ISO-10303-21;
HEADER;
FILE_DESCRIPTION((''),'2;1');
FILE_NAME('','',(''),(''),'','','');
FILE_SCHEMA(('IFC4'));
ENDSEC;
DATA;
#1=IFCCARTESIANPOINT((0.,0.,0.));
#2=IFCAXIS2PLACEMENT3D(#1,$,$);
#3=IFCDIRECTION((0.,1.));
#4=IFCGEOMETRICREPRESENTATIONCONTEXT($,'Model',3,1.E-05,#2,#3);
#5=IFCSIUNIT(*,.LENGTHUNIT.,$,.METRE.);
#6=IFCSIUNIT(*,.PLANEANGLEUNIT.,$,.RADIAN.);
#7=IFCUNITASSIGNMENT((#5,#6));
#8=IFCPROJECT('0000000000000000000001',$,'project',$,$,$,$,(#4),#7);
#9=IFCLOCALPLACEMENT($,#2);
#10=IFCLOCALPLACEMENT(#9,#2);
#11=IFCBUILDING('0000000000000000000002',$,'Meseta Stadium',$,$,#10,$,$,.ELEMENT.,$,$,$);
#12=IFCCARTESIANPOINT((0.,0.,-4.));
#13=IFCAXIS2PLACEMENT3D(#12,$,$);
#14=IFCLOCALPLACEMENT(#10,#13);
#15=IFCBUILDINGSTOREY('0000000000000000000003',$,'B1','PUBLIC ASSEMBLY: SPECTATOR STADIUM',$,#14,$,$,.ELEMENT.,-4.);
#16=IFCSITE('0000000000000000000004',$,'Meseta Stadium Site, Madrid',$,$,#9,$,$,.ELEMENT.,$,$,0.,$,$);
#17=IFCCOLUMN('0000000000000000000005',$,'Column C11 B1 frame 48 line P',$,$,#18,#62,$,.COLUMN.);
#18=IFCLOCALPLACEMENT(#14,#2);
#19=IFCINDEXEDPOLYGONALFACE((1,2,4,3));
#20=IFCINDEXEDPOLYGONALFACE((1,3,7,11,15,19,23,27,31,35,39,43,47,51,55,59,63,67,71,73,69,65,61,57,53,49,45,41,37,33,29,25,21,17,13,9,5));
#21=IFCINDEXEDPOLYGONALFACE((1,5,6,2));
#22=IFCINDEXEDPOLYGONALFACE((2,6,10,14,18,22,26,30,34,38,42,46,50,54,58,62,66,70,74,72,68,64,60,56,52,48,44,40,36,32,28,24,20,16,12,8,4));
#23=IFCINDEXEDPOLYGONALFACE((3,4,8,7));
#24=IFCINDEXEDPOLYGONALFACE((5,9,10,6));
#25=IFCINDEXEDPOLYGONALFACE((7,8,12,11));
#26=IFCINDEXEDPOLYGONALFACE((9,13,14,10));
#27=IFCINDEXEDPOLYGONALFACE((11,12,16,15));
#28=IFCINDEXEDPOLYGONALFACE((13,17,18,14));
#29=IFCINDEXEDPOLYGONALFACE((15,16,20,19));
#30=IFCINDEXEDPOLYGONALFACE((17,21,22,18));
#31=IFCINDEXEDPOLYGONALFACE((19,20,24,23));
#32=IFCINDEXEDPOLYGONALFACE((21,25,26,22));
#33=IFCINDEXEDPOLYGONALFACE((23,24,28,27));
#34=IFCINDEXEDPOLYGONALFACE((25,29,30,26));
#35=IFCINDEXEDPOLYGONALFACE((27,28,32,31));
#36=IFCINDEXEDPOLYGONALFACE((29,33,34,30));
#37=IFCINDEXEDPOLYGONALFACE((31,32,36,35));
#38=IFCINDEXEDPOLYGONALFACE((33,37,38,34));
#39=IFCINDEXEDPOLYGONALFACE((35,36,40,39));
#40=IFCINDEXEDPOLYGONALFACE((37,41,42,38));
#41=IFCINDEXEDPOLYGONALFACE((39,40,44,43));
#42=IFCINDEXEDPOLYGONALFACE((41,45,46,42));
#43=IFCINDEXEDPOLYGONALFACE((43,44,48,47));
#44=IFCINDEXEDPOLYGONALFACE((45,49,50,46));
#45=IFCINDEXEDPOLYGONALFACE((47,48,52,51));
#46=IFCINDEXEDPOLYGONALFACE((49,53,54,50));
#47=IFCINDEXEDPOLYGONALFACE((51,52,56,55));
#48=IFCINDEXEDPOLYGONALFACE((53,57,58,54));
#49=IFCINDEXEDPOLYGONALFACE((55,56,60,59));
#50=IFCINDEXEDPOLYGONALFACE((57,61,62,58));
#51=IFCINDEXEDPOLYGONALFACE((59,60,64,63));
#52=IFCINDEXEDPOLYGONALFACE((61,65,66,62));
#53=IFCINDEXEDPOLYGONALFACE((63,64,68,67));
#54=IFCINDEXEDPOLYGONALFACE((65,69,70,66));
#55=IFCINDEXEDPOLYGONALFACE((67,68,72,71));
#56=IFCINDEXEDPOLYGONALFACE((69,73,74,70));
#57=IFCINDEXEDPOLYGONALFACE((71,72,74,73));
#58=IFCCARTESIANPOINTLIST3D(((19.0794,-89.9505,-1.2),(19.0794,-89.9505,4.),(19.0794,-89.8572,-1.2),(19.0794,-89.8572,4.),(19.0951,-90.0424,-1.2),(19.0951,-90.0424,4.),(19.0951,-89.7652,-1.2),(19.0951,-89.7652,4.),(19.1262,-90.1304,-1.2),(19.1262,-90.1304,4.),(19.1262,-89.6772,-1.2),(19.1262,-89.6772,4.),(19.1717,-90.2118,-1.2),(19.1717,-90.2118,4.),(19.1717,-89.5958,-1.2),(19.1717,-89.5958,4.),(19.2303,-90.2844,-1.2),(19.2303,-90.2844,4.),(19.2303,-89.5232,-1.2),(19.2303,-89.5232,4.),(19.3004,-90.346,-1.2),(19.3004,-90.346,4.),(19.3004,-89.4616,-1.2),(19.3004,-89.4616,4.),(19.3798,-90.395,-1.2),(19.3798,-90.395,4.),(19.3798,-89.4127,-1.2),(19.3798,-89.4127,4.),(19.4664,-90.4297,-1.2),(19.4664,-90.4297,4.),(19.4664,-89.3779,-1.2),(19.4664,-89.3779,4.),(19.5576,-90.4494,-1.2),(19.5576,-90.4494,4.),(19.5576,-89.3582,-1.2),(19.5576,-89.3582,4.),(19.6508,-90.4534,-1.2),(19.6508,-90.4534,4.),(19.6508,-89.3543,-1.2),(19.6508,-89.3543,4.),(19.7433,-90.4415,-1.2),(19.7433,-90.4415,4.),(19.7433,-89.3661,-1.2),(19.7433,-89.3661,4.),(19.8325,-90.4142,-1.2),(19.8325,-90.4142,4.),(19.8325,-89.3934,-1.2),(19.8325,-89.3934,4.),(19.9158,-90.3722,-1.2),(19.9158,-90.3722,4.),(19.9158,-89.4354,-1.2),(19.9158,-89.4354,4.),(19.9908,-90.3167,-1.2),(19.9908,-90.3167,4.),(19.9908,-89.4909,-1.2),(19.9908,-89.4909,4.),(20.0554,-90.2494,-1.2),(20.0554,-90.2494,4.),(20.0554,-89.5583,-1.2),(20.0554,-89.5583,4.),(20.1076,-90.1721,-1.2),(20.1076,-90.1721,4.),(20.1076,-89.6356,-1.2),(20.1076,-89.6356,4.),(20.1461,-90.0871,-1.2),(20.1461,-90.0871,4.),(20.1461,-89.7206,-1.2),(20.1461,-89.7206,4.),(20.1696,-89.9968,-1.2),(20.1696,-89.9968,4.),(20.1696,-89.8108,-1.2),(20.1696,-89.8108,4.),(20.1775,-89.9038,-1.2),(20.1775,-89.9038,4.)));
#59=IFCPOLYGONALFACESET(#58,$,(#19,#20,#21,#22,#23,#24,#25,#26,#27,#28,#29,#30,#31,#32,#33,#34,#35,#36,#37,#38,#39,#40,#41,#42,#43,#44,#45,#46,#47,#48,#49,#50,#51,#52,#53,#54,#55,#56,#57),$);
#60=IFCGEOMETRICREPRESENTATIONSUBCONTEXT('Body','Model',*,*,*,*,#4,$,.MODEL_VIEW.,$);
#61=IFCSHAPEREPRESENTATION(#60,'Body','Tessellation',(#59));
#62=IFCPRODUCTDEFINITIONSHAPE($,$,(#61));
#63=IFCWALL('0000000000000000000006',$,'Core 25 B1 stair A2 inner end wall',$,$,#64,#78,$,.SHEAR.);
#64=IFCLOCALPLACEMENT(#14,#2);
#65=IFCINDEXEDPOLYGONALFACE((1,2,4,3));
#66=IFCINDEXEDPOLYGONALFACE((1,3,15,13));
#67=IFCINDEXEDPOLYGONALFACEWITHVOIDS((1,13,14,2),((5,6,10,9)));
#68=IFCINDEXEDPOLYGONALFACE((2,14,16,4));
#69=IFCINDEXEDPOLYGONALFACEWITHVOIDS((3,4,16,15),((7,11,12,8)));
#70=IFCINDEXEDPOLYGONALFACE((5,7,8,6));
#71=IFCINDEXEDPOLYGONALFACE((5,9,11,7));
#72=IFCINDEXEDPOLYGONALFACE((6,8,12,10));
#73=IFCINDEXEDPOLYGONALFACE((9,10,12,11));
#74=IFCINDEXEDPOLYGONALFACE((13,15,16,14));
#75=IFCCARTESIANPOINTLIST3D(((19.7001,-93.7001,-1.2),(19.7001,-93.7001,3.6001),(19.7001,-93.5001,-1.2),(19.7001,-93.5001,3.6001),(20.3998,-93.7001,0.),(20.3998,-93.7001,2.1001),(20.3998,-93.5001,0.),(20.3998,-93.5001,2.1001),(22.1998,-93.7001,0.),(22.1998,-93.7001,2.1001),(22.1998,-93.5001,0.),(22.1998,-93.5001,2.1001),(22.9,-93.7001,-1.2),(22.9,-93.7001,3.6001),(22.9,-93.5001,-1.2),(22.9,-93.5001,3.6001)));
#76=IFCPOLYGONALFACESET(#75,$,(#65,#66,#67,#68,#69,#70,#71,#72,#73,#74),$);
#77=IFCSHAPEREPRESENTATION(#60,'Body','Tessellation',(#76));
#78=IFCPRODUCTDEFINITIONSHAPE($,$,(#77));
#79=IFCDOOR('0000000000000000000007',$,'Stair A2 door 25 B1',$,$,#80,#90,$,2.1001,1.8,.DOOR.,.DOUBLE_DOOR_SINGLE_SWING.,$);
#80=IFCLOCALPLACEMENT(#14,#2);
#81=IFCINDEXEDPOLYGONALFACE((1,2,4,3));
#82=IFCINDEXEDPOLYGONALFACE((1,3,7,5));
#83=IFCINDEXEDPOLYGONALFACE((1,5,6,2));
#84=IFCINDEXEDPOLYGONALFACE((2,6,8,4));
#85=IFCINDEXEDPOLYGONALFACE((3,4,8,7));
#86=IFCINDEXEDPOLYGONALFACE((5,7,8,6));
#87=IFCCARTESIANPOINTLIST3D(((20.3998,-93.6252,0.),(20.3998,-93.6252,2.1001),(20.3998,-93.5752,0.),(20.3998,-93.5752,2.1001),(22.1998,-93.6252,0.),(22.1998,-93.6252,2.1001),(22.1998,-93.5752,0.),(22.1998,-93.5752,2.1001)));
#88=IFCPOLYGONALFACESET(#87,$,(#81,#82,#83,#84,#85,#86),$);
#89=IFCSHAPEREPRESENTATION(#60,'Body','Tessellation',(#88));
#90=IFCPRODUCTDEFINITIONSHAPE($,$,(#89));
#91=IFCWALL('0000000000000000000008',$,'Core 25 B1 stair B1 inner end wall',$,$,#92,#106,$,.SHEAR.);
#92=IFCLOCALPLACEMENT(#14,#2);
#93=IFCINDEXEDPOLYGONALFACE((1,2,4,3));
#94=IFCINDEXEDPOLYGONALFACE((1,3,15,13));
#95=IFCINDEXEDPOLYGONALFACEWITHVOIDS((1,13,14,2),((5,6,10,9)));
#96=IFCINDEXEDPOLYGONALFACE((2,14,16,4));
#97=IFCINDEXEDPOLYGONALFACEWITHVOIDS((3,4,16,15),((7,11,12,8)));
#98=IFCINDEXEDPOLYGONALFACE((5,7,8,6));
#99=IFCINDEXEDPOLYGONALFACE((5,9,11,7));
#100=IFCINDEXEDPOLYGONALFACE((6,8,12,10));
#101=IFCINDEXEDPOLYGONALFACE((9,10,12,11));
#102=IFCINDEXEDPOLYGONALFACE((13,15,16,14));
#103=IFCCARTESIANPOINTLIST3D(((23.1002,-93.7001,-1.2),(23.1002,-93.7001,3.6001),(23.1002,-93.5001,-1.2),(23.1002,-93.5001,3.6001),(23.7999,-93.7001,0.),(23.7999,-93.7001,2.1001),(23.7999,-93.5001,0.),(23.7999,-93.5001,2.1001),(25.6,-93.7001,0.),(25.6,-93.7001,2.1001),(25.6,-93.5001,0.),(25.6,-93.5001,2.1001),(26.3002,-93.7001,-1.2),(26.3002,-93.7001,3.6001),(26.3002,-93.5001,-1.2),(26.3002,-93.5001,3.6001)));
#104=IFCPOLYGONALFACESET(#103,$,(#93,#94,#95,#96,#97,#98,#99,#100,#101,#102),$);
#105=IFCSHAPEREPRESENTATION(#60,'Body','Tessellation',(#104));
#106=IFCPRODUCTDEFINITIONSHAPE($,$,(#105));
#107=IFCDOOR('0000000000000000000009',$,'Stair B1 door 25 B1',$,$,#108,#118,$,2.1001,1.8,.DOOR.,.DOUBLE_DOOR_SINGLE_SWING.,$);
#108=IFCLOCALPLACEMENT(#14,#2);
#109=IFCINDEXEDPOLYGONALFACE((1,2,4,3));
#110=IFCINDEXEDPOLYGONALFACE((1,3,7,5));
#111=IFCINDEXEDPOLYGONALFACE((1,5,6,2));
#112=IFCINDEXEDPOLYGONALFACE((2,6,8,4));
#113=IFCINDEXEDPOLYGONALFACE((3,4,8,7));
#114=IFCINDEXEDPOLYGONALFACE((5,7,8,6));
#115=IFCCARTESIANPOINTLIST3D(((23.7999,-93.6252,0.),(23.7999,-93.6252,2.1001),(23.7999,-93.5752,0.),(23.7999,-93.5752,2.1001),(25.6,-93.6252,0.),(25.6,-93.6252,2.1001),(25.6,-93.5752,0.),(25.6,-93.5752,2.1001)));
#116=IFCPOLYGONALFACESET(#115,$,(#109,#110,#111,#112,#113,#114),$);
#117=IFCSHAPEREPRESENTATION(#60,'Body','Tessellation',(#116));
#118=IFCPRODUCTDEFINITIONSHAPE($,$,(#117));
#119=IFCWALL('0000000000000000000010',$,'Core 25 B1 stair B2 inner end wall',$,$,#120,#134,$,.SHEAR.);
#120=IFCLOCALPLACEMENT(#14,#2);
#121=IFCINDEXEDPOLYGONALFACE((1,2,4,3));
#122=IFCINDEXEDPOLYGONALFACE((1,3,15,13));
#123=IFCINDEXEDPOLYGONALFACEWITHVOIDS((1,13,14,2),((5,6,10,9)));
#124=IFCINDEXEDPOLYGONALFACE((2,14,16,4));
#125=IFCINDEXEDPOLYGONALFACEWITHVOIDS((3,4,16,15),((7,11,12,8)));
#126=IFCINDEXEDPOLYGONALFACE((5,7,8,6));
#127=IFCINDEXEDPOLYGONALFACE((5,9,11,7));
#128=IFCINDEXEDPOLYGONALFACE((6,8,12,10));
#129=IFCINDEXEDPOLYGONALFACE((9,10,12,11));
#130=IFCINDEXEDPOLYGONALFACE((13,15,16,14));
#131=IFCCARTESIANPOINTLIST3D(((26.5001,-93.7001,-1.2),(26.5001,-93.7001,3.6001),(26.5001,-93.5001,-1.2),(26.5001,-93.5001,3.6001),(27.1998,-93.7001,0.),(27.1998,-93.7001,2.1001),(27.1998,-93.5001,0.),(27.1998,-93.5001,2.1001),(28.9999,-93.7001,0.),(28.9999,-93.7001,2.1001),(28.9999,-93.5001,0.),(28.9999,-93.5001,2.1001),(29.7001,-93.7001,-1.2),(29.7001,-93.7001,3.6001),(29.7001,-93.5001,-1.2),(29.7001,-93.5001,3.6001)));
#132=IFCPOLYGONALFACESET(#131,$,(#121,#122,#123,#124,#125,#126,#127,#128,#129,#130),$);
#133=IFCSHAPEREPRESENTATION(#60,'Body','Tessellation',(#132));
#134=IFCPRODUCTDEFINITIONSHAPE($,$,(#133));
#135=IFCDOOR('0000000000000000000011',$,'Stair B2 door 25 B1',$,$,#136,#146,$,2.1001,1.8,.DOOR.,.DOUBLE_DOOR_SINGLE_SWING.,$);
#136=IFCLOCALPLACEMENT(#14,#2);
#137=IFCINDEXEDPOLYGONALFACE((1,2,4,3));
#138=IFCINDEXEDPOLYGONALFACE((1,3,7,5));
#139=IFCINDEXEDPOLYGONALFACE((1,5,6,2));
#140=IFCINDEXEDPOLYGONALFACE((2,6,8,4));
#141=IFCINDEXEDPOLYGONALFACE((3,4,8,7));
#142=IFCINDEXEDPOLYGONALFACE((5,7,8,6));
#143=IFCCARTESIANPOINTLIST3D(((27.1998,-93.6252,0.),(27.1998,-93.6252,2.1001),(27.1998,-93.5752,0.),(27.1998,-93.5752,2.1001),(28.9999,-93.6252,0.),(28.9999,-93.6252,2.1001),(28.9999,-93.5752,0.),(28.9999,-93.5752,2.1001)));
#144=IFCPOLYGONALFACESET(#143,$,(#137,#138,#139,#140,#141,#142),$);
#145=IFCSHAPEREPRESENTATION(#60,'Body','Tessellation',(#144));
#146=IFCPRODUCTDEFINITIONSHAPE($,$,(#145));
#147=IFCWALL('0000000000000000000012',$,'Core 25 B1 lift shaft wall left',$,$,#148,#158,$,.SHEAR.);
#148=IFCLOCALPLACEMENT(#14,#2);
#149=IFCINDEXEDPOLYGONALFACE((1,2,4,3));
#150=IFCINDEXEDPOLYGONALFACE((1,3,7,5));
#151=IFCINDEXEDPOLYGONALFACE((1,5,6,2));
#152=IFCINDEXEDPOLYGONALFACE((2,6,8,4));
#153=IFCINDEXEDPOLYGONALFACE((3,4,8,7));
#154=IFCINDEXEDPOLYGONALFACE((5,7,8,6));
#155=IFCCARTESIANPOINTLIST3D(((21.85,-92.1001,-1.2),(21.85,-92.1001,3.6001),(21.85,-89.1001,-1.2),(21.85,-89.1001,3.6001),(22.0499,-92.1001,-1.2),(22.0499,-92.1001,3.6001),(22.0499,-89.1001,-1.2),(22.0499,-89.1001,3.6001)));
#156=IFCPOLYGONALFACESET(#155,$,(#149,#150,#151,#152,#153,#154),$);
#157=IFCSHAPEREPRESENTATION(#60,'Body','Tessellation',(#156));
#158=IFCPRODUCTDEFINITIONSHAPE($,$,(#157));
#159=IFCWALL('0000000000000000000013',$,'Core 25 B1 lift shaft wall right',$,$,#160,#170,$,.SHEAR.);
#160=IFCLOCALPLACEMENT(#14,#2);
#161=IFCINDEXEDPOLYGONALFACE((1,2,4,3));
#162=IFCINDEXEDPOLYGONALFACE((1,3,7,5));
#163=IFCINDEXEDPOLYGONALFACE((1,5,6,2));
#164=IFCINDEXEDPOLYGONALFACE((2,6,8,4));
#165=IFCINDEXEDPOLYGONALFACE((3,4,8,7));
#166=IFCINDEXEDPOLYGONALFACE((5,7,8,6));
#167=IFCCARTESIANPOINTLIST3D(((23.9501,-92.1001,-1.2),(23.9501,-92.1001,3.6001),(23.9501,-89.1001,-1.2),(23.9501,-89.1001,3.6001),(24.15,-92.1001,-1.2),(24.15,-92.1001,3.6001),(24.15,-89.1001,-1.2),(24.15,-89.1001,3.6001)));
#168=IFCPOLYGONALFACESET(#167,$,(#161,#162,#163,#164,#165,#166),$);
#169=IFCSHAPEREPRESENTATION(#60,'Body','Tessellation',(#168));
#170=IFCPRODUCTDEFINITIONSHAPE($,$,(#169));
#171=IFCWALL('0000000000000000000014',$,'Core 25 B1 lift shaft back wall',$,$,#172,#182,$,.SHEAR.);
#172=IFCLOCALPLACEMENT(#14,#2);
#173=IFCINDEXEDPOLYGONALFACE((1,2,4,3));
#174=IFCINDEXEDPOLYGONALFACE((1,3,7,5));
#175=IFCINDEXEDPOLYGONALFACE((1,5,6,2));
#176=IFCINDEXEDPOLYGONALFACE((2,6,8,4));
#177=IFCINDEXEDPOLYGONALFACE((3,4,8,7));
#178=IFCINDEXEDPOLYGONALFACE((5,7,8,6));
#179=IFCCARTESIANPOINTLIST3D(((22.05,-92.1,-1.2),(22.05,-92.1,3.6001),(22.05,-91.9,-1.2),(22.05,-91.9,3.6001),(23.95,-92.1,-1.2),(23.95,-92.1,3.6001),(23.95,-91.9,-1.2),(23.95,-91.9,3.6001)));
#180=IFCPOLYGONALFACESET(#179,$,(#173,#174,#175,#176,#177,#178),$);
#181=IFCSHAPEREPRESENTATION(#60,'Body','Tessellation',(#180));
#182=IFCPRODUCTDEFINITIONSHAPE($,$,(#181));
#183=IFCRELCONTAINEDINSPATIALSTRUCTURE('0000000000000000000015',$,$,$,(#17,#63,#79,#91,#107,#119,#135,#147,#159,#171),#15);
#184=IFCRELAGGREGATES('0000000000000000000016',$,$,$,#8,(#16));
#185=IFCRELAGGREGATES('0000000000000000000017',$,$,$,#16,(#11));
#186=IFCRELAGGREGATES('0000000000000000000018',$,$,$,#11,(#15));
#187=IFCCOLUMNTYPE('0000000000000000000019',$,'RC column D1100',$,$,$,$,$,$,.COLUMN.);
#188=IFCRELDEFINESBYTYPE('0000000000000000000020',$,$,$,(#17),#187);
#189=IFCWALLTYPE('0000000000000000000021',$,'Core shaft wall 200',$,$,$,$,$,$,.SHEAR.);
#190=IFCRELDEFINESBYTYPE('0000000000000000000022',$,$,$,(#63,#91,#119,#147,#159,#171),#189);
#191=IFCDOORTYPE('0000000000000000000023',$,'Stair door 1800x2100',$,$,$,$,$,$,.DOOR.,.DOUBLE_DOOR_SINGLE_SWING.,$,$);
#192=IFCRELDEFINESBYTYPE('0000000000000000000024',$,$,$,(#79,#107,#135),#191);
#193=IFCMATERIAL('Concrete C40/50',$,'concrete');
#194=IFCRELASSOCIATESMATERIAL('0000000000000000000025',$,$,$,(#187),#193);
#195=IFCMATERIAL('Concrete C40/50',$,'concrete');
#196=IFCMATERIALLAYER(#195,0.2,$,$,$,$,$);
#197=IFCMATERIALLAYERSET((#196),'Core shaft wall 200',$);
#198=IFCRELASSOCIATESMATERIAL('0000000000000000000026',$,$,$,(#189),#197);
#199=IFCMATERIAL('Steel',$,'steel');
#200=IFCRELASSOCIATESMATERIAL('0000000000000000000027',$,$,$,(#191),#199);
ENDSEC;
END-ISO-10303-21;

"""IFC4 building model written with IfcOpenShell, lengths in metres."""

from ifc_helpers import new_model, si_unit, direction, frame, frame_2d, origin, origin_2d, place, context, subcontext, project, spatial, rectangle, circle, extrude, material, layer, layer_set, material_profile, profile_set, type_object, element, fill, save


model = new_model("IFC4")

# Units and contexts
model_context = context("Model", 3, precision=1e-05, world=origin(), true_north=direction((0.0, 1.0)))
body_context = subcontext(model_context, "Body", "Model", "MODEL_VIEW")
ifc_project = project(units=[si_unit("LENGTHUNIT", "METRE"), si_unit("PLANEANGLEUNIT", "RADIAN")], contexts=[model_context])

# Site, building, storey
site_placement = place(None, origin())
site = spatial("IfcSite", under=ifc_project, at=site_placement, Name="Meseta Stadium Site, Madrid", CompositionType="ELEMENT", RefElevation=0.0)
building_placement = place(site_placement, origin())
building = spatial("IfcBuilding", under=site, at=building_placement, Name="Meseta Stadium", CompositionType="ELEMENT")
storey_placement = place(building_placement, frame((0.0, 0.0, -4.0)))
storey = spatial("IfcBuildingStorey", under=building, at=storey_placement, Name="B1", Description="PUBLIC ASSEMBLY: SPECTATOR STADIUM", CompositionType="ELEMENT", Elevation=-4.0)

# Column
ifc_material_1 = material(Name="Concrete C40/50", Category="concrete")
ifc_material_profile = material_profile(ifc_material_1, circle(Radius=0.55, at=origin_2d()), Name="RC D1100")
ifc_profile_set = profile_set([ifc_material_profile], Name="Concrete C40/50")
column_type = type_object("IfcColumnType", Name="RC column D1100", PredefinedType="COLUMN", material=ifc_profile_set)
column_placement = place(storey_placement, frame((19.6274, -89.9038, -1.2), z_axis=(0.0, 0.0, 1.0), x_axis=(1.0, 0.0, 0.0)))
element("IfcColumn", 1, at=column_placement, inside=storey, type_object=column_type, Name="Column C11 B1 frame 48 line P", PredefinedType="COLUMN", context=body_context, shape_type="SweptSolid", body=[
    extrude(circle(Radius=0.55, at=origin_2d()), origin(), (0.0, 0.0, 1.0), 5.2),
])

# Walls, openings, doors
ifc_material_2 = material(Name="Concrete C40/50", Category="concrete")
ifc_layer_1 = layer(ifc_material_2, 0.2)
ifc_layer_set_1 = layer_set([ifc_layer_1], Name="Core shaft wall 200")
wall_type_1 = type_object("IfcWallType", Name="Core shaft wall 200", PredefinedType="SHEAR", material=ifc_layer_set_1)
wall_1_placement = place(storey_placement, frame((19.7, -93.6001, -1.2), z_axis=(0.0, 0.0, 1.0), x_axis=(1.0, 0.0, 0.0)))
wall_1 = element("IfcWall", 2, at=wall_1_placement, inside=storey, type_object=wall_type_1, Name="Core 25 B1 stair A2 inner end wall", PredefinedType="SHEAR", context=body_context, shape_type="SweptSolid", body=[
    extrude(rectangle(XDim=3.2, YDim=0.2, at=frame_2d((1.6001, 0.0))), origin(), (0.0, 0.0, 1.0), 4.8),
])
opening_1_placement = place(wall_1_placement, frame((0.7, 0.0, 1.2)))
opening_1 = element("IfcOpeningElement", 3, at=opening_1_placement, cuts=wall_1, PredefinedType="OPENING", context=body_context, shape_type="SweptSolid", body=[
    extrude(rectangle(XDim=1.8, YDim=2.1001, at=frame_2d((0.8999, 1.05))), frame((0.0, 0.1099, 0.0), z_axis=(0.0, -1.0, 0.0), x_axis=(1.0, 0.0, 0.0)), (0.0, 0.0, 1.0), 0.22),
])
ifc_material_3 = material(Name="Steel", Category="steel")
door_type_1 = type_object("IfcDoorType", Name="Stair door 1800x2100", OperationType="DOUBLE_DOOR_SINGLE_SWING", PredefinedType="DOOR", material=ifc_material_3)
door_1_placement = place(opening_1_placement, origin())
door_1 = element("IfcDoor", 4, at=door_1_placement, inside=storey, type_object=door_type_1, Name="Stair A2 door 25 B1", OperationType="DOUBLE_DOOR_SINGLE_SWING", OverallHeight=2.1001, OverallWidth=1.8, PredefinedType="DOOR", context=body_context, shape_type="SweptSolid", body=[
    extrude(rectangle(XDim=1.8, YDim=2.1001, at=frame_2d((0.8999, 1.05))), frame((0.0, 0.0249, 0.0), z_axis=(0.0, -1.0, 0.0), x_axis=(1.0, 0.0, 0.0)), (0.0, 0.0, 1.0), 0.05),
])
fill(opening_1, door_1)
wall_2_placement = place(storey_placement, frame((23.1001, -93.6001, -1.2), z_axis=(0.0, 0.0, 1.0), x_axis=(1.0, 0.0, 0.0)))
wall_2 = element("IfcWall", 5, at=wall_2_placement, inside=storey, type_object=wall_type_1, Name="Core 25 B1 stair B1 inner end wall", PredefinedType="SHEAR", context=body_context, shape_type="SweptSolid", body=[
    extrude(rectangle(XDim=3.2, YDim=0.2, at=frame_2d((1.6001, 0.0))), origin(), (0.0, 0.0, 1.0), 4.8),
])
opening_2_placement = place(wall_2_placement, frame((0.7, 0.0, 1.2)))
opening_2 = element("IfcOpeningElement", 6, at=opening_2_placement, cuts=wall_2, PredefinedType="OPENING", context=body_context, shape_type="SweptSolid", body=[
    extrude(rectangle(XDim=1.8, YDim=2.1001, at=frame_2d((0.8999, 1.05))), frame((0.0, 0.1099, 0.0), z_axis=(0.0, -1.0, 0.0), x_axis=(1.0, 0.0, 0.0)), (0.0, 0.0, 1.0), 0.22),
])
door_2_placement = place(opening_2_placement, origin())
door_2 = element("IfcDoor", 7, at=door_2_placement, inside=storey, type_object=door_type_1, Name="Stair B1 door 25 B1", OperationType="DOUBLE_DOOR_SINGLE_SWING", OverallHeight=2.1001, OverallWidth=1.8, PredefinedType="DOOR", context=body_context, shape_type="SweptSolid", body=[
    extrude(rectangle(XDim=1.8, YDim=2.1001, at=frame_2d((0.8999, 1.05))), frame((0.0, 0.0249, 0.0), z_axis=(0.0, -1.0, 0.0), x_axis=(1.0, 0.0, 0.0)), (0.0, 0.0, 1.0), 0.05),
])
fill(opening_2, door_2)
wall_3_placement = place(storey_placement, frame((26.5, -93.6001, -1.2), z_axis=(0.0, 0.0, 1.0), x_axis=(1.0, 0.0, 0.0)))
wall_3 = element("IfcWall", 8, at=wall_3_placement, inside=storey, type_object=wall_type_1, Name="Core 25 B1 stair B2 inner end wall", PredefinedType="SHEAR", context=body_context, shape_type="SweptSolid", body=[
    extrude(rectangle(XDim=3.2, YDim=0.2, at=frame_2d((1.6001, 0.0))), origin(), (0.0, 0.0, 1.0), 4.8),
])
opening_3_placement = place(wall_3_placement, frame((0.7, 0.0, 1.2)))
opening_3 = element("IfcOpeningElement", 9, at=opening_3_placement, cuts=wall_3, PredefinedType="OPENING", context=body_context, shape_type="SweptSolid", body=[
    extrude(rectangle(XDim=1.8, YDim=2.1001, at=frame_2d((0.8999, 1.05))), frame((0.0, 0.1099, 0.0), z_axis=(0.0, -1.0, 0.0), x_axis=(1.0, 0.0, 0.0)), (0.0, 0.0, 1.0), 0.22),
])
door_3_placement = place(opening_3_placement, origin())
door_3 = element("IfcDoor", 10, at=door_3_placement, inside=storey, type_object=door_type_1, Name="Stair B2 door 25 B1", OperationType="DOUBLE_DOOR_SINGLE_SWING", OverallHeight=2.1001, OverallWidth=1.8, PredefinedType="DOOR", context=body_context, shape_type="SweptSolid", body=[
    extrude(rectangle(XDim=1.8, YDim=2.1001, at=frame_2d((0.8999, 1.05))), frame((0.0, 0.0249, 0.0), z_axis=(0.0, -1.0, 0.0), x_axis=(1.0, 0.0, 0.0)), (0.0, 0.0, 1.0), 0.05),
])
fill(opening_3, door_3)

# Walls
for number, where, z_axis, x_axis, name in (
    (11, (21.95, -92.1001, -1.2), (0.0, 0.0, 1.0), (0.0, 1.0, 0.0), "Core 25 B1 lift shaft wall left"),
    (12, (24.05, -92.1001, -1.2), (0.0, 0.0, 1.0), (0.0, 1.0, 0.0), "Core 25 B1 lift shaft wall right"),
):
    element("IfcWall", number, at=place(storey_placement, frame(where, z_axis=z_axis, x_axis=x_axis)), inside=storey, type_object=wall_type_1, Name=name, PredefinedType="SHEAR", context=body_context, shape_type="SweptSolid", body=[
        extrude(rectangle(XDim=3.0, YDim=0.2, at=frame_2d((1.5, 0.0))), origin(), (0.0, 0.0, 1.0), 4.8),
    ])
wall_4_placement = place(storey_placement, frame((22.05, -92.0, -1.2), z_axis=(0.0, 0.0, 1.0), x_axis=(1.0, 0.0, 0.0)))
element("IfcWall", 13, at=wall_4_placement, inside=storey, type_object=wall_type_1, Name="Core 25 B1 lift shaft back wall", PredefinedType="SHEAR", context=body_context, shape_type="SweptSolid", body=[
    extrude(rectangle(XDim=1.8999, YDim=0.2, at=frame_2d((0.95, 0.0))), origin(), (0.0, 0.0, 1.0), 4.8),
])

save(model, "model.ifc")
